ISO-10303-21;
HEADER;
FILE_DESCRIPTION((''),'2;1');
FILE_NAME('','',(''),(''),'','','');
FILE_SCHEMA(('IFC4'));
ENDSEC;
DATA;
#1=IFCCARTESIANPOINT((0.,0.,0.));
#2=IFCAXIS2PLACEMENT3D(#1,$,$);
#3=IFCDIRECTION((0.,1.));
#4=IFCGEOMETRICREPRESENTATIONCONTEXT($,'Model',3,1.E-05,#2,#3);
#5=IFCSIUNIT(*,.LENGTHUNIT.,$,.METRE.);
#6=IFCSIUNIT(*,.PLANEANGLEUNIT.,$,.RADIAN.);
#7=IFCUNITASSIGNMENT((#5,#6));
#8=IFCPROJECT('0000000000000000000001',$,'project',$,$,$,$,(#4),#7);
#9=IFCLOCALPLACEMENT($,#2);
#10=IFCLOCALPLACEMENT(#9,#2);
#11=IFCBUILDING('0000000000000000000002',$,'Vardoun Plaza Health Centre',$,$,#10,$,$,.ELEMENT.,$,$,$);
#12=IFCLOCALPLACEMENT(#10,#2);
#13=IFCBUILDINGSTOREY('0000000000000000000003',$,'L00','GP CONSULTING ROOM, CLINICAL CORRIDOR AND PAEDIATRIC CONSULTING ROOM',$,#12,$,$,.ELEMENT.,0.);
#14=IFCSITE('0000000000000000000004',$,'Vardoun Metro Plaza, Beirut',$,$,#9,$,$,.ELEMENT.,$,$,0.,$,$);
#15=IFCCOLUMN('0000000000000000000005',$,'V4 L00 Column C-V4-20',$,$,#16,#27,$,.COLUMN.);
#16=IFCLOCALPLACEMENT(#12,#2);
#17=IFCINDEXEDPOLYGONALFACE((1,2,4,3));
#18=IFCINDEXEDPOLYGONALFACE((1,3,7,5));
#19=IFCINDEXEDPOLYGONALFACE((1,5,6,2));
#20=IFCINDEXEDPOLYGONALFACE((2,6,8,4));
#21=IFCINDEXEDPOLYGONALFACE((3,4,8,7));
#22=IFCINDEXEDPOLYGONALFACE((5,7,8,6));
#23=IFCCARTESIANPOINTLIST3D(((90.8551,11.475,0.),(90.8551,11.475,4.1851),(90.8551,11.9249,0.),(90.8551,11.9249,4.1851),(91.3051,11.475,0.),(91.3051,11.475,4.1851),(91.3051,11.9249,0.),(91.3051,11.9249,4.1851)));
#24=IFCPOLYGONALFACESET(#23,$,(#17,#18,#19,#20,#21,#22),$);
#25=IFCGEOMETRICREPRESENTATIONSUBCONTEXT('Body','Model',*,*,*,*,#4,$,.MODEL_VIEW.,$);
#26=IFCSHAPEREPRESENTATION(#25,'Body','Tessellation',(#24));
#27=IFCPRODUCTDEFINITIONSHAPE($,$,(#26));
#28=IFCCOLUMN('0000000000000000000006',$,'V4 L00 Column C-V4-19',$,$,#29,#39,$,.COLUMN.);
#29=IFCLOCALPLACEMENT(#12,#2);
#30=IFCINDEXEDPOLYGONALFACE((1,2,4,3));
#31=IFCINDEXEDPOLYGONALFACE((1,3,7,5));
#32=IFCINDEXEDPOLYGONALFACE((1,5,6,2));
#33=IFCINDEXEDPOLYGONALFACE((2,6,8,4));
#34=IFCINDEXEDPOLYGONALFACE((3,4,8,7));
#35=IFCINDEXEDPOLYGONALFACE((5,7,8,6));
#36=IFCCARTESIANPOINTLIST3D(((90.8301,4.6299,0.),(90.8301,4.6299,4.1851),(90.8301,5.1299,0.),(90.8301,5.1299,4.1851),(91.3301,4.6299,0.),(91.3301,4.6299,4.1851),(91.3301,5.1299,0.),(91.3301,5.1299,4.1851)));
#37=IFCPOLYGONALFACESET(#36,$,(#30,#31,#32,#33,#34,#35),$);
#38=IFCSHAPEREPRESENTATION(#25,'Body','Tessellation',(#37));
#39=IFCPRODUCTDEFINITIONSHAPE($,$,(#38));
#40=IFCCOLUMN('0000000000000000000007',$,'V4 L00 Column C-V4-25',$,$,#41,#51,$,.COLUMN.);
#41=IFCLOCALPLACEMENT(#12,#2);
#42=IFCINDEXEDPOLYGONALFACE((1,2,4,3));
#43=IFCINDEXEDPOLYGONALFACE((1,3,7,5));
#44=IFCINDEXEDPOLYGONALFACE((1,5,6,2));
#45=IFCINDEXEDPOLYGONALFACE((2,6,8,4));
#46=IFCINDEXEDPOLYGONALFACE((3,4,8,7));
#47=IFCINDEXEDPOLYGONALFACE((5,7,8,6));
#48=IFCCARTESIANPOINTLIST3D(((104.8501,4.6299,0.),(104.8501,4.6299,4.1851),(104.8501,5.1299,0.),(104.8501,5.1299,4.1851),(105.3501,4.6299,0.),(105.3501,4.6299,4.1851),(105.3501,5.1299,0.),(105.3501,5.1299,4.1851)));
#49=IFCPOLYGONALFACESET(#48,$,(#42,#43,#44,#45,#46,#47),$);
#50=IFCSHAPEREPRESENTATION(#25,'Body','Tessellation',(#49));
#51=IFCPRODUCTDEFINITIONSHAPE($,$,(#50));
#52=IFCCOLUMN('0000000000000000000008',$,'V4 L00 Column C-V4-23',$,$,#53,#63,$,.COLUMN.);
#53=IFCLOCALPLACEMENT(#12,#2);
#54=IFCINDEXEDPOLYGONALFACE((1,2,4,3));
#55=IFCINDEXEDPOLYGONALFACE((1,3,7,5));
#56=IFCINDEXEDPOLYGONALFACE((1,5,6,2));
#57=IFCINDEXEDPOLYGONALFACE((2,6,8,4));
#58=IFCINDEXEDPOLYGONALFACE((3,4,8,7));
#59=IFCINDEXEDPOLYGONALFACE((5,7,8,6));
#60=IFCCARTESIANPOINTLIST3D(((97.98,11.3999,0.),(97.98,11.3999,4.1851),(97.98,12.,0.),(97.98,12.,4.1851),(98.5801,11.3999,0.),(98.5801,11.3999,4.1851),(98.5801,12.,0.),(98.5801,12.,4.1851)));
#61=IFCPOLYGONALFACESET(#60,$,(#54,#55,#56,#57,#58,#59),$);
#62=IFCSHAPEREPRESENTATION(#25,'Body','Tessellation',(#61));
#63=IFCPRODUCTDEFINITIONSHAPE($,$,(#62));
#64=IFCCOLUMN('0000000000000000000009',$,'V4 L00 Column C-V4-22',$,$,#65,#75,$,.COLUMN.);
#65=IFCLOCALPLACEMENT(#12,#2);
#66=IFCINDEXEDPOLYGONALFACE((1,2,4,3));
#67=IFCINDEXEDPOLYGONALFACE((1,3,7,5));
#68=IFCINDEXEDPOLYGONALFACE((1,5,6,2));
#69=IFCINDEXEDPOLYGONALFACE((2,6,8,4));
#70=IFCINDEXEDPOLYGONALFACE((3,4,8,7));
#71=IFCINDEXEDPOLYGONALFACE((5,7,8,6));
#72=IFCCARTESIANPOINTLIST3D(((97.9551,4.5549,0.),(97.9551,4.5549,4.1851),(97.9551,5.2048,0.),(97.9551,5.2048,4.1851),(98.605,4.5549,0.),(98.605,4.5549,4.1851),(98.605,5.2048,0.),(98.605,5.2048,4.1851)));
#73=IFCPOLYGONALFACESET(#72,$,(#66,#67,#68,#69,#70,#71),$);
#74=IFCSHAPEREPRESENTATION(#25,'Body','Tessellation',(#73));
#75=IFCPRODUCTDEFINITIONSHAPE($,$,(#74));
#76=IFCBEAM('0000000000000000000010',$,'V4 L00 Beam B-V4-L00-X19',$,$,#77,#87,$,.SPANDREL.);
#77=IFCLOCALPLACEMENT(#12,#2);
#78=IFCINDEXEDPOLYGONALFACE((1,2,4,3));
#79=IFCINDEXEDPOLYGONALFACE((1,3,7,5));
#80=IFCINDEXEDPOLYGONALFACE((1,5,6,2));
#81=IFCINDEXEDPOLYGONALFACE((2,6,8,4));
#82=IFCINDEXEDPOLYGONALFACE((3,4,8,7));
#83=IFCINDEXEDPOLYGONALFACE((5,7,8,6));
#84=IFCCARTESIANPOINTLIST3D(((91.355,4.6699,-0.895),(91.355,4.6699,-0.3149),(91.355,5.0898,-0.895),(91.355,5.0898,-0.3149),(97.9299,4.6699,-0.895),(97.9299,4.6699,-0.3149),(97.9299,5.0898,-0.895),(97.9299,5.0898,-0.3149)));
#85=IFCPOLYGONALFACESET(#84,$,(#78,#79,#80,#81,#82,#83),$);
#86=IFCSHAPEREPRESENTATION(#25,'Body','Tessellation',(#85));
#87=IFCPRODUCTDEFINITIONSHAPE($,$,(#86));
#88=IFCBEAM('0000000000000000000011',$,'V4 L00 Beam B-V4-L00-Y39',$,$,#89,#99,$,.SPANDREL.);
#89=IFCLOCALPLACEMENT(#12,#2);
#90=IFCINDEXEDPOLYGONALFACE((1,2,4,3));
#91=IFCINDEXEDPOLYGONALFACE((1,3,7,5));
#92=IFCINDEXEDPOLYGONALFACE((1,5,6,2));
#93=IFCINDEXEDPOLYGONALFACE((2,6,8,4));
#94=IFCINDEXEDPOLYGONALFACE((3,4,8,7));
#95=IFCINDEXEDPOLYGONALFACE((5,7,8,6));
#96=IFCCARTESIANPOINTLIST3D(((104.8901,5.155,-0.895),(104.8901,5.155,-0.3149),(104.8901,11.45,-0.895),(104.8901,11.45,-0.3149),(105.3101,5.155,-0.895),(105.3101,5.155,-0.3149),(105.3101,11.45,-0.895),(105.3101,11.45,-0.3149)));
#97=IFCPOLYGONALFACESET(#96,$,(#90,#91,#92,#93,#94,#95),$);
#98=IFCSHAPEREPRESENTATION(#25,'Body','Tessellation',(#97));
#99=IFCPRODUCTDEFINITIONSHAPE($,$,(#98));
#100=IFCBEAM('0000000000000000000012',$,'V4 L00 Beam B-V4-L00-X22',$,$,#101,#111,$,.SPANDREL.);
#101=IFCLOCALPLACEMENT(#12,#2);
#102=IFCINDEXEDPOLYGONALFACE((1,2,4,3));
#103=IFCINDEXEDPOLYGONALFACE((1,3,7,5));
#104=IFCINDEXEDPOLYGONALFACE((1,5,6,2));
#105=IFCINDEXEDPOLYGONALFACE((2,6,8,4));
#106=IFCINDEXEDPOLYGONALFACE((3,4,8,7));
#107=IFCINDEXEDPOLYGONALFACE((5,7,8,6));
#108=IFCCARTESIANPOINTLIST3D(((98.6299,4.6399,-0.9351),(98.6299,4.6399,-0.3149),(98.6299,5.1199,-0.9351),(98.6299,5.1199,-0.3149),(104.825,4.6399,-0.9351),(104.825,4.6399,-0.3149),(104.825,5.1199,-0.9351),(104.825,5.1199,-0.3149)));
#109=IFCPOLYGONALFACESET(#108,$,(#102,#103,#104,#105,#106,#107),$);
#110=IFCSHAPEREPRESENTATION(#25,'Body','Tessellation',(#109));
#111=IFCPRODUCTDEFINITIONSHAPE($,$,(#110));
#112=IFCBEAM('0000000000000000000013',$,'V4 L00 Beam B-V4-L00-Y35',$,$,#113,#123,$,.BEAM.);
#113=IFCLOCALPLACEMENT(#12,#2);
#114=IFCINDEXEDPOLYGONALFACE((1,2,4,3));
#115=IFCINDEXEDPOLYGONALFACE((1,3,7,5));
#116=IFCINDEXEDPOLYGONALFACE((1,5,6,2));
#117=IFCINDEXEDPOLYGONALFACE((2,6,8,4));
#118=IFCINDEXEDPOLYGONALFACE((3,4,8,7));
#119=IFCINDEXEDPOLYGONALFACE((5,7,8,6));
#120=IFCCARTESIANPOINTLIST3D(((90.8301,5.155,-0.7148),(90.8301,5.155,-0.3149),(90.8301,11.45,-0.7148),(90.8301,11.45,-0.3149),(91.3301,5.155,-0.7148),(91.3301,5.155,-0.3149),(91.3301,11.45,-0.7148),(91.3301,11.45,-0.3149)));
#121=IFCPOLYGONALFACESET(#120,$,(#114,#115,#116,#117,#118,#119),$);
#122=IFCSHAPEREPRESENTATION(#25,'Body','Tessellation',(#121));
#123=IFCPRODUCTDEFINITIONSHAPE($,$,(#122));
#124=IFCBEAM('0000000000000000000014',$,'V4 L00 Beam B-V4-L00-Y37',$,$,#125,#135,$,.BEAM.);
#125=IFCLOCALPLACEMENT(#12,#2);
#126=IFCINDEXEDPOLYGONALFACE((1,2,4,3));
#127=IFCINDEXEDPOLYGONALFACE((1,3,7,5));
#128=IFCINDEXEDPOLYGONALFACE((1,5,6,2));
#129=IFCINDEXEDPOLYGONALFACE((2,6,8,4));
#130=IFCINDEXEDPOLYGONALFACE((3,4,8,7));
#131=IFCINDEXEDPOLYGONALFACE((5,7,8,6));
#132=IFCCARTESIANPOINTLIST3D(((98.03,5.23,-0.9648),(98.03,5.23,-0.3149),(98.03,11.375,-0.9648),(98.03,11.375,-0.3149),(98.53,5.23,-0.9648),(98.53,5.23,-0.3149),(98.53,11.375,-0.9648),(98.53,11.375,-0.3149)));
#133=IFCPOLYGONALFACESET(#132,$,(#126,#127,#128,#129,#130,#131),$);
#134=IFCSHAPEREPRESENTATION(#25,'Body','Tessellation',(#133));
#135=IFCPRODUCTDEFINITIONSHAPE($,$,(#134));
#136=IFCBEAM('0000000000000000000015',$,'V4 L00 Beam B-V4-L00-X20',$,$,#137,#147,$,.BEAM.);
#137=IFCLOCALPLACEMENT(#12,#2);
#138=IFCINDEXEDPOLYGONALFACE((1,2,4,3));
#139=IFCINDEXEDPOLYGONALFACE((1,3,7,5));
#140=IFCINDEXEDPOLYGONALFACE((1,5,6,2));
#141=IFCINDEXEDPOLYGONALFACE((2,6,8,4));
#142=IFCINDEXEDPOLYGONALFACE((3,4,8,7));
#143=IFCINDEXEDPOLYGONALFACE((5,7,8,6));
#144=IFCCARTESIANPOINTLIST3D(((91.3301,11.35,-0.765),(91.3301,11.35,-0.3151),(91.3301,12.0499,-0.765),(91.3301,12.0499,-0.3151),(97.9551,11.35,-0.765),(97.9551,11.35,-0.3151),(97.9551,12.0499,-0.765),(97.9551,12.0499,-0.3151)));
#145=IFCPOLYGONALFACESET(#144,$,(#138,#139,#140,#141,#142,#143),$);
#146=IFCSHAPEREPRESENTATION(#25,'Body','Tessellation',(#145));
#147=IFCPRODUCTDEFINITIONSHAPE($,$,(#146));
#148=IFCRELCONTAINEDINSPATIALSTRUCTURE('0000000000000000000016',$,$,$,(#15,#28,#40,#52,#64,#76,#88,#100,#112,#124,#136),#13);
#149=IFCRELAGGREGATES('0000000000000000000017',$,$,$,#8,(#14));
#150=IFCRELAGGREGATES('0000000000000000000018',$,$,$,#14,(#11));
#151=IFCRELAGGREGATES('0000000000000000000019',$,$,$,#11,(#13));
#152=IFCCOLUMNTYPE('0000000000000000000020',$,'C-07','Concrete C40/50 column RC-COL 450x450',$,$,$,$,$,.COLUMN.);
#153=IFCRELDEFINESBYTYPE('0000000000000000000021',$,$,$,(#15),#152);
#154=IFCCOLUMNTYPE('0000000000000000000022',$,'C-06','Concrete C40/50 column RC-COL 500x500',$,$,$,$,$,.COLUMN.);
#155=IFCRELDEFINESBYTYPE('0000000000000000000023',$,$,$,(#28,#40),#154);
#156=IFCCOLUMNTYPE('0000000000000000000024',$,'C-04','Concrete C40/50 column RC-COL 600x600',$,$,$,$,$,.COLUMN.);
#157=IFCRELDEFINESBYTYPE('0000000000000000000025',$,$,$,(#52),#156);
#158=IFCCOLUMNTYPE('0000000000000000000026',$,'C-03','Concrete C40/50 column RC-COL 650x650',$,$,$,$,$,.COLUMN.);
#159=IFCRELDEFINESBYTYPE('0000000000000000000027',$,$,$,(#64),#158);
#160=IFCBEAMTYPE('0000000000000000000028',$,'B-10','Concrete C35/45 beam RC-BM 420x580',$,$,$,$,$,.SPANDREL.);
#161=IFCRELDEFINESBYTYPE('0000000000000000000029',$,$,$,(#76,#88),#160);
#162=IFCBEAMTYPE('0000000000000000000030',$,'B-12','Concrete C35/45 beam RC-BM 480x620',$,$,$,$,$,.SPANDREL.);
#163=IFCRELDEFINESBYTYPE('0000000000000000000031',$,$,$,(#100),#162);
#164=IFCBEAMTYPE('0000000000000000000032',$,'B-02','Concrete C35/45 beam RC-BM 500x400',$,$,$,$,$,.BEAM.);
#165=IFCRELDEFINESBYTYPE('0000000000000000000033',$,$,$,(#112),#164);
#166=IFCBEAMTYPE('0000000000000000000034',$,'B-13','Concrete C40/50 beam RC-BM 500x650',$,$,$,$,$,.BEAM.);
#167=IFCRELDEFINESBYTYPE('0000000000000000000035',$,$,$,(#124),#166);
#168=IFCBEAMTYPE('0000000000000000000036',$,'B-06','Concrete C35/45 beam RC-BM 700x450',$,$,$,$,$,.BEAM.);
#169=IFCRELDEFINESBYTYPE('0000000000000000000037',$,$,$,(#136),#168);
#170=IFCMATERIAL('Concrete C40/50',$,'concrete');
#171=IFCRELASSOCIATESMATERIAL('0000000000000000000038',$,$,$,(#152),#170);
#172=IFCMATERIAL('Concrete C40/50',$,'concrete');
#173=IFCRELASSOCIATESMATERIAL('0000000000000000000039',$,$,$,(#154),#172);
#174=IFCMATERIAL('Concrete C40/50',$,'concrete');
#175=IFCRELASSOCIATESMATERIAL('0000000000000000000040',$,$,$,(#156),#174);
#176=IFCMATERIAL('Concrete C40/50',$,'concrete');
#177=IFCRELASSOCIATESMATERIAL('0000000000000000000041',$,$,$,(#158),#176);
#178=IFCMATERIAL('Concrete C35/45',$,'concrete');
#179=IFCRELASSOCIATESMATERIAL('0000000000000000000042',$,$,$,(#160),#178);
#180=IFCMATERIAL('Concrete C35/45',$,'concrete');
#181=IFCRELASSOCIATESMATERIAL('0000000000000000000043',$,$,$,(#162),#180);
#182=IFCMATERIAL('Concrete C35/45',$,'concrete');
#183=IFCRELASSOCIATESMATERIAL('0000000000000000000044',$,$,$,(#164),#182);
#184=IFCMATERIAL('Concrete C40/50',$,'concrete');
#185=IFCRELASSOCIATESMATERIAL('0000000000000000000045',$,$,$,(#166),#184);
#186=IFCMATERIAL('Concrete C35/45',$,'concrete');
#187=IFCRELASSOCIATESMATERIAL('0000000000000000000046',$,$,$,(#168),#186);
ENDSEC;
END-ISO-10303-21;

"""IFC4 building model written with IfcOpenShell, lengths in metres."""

from ifc_helpers import new_model, si_unit, direction, frame, origin, origin_2d, place, context, subcontext, project, spatial, rectangle, extrude, material, material_profile, profile_set, type_object, element, save


model = new_model("IFC4")

# Units and contexts
model_context = context("Model", 3, precision=1e-05, world=origin(), true_north=direction((0.0, 1.0)))
body_context = subcontext(model_context, "Body", "Model", "MODEL_VIEW")
ifc_project = project(units=[si_unit("LENGTHUNIT", "METRE"), si_unit("PLANEANGLEUNIT", "RADIAN")], contexts=[model_context])

# Site, building, storey
site_placement = place(None, origin())
site = spatial("IfcSite", under=ifc_project, at=site_placement, Name="Vardoun Metro Plaza, Beirut", CompositionType="ELEMENT", RefElevation=0.0)
building_placement = place(site_placement, origin())
building = spatial("IfcBuilding", under=site, at=building_placement, Name="Vardoun Plaza Health Centre", CompositionType="ELEMENT")
storey_placement = place(building_placement, origin())
storey = spatial("IfcBuildingStorey", under=building, at=storey_placement, Name="L00", Description="GP CONSULTING ROOM, CLINICAL CORRIDOR AND PAEDIATRIC CONSULTING ROOM", CompositionType="ELEMENT", Elevation=0.0)

# Columns
ifc_material_1 = material(Name="Concrete C40/50", Category="concrete")
ifc_material_profile_1 = material_profile(ifc_material_1, rectangle(XDim=0.45, YDim=0.45, at=origin_2d()), Name="RC-COL 450x450")
ifc_profile_set_1 = profile_set([ifc_material_profile_1], Name="Concrete C40/50")
column_type_1 = type_object("IfcColumnType", Name="C-07", Description="Concrete C40/50 column RC-COL 450x450", PredefinedType="COLUMN", material=ifc_profile_set_1)
column_1_placement = place(storey_placement, frame((91.0801, 11.7, 0.0), z_axis=(0.0, 0.0, 1.0), x_axis=(1.0, 0.0, 0.0)))
element("IfcColumn", 1, at=column_1_placement, inside=storey, type_object=column_type_1, Name="V4 L00 Column C-V4-20", PredefinedType="COLUMN", context=body_context, shape_type="SweptSolid", body=[
    extrude(rectangle(XDim=0.45, YDim=0.45, at=origin_2d()), origin(), (0.0, 0.0, 1.0), 4.1851),
])
ifc_material_2 = material(Name="Concrete C40/50", Category="concrete")
ifc_material_profile_2 = material_profile(ifc_material_2, rectangle(XDim=0.5, YDim=0.5, at=origin_2d()), Name="RC-COL 500x500")
ifc_profile_set_2 = profile_set([ifc_material_profile_2], Name="Concrete C40/50")
column_type_2 = type_object("IfcColumnType", Name="C-06", Description="Concrete C40/50 column RC-COL 500x500", PredefinedType="COLUMN", material=ifc_profile_set_2)
for number, where, z_axis, x_axis, name in (
    (2, (91.0801, 4.8799, 0.0), (0.0, 0.0, 1.0), (1.0, 0.0, 0.0), "V4 L00 Column C-V4-19"),
    (3, (105.1001, 4.8799, 0.0), (0.0, 0.0, 1.0), (1.0, 0.0, 0.0), "V4 L00 Column C-V4-25"),
):
    element("IfcColumn", number, at=place(storey_placement, frame(where, z_axis=z_axis, x_axis=x_axis)), inside=storey, type_object=column_type_2, Name=name, PredefinedType="COLUMN", context=body_context, shape_type="SweptSolid", body=[
        extrude(rectangle(XDim=0.5, YDim=0.5, at=origin_2d()), origin(), (0.0, 0.0, 1.0), 4.1851),
    ])
ifc_material_3 = material(Name="Concrete C40/50", Category="concrete")
ifc_material_profile_3 = material_profile(ifc_material_3, rectangle(XDim=0.6001, YDim=0.6001, at=origin_2d()), Name="RC-COL 600x600")
ifc_profile_set_3 = profile_set([ifc_material_profile_3], Name="Concrete C40/50")
column_type_3 = type_object("IfcColumnType", Name="C-04", Description="Concrete C40/50 column RC-COL 600x600", PredefinedType="COLUMN", material=ifc_profile_set_3)
column_2_placement = place(storey_placement, frame((98.28, 11.7, 0.0), z_axis=(0.0, 0.0, 1.0), x_axis=(1.0, 0.0, 0.0)))
element("IfcColumn", 4, at=column_2_placement, inside=storey, type_object=column_type_3, Name="V4 L00 Column C-V4-23", PredefinedType="COLUMN", context=body_context, shape_type="SweptSolid", body=[
    extrude(rectangle(XDim=0.6001, YDim=0.6001, at=origin_2d()), origin(), (0.0, 0.0, 1.0), 4.1851),
])
ifc_material_4 = material(Name="Concrete C40/50", Category="concrete")
ifc_material_profile_4 = material_profile(ifc_material_4, rectangle(XDim=0.6499, YDim=0.6499, at=origin_2d()), Name="RC-COL 650x650")
ifc_profile_set_4 = profile_set([ifc_material_profile_4], Name="Concrete C40/50")
column_type_4 = type_object("IfcColumnType", Name="C-03", Description="Concrete C40/50 column RC-COL 650x650", PredefinedType="COLUMN", material=ifc_profile_set_4)
column_3_placement = place(storey_placement, frame((98.28, 4.8799, 0.0), z_axis=(0.0, 0.0, 1.0), x_axis=(1.0, 0.0, 0.0)))
element("IfcColumn", 5, at=column_3_placement, inside=storey, type_object=column_type_4, Name="V4 L00 Column C-V4-22", PredefinedType="COLUMN", context=body_context, shape_type="SweptSolid", body=[
    extrude(rectangle(XDim=0.6499, YDim=0.6499, at=origin_2d()), origin(), (0.0, 0.0, 1.0), 4.1851),
])

# Beams
ifc_material_5 = material(Name="Concrete C35/45", Category="concrete")
ifc_material_profile_5 = material_profile(ifc_material_5, rectangle(XDim=0.4199, YDim=0.5801, at=origin_2d()), Name="RC-BM 420x580")
ifc_profile_set_5 = profile_set([ifc_material_profile_5], Name="Concrete C35/45")
beam_type_1 = type_object("IfcBeamType", Name="B-10", Description="Concrete C35/45 beam RC-BM 420x580", PredefinedType="SPANDREL", material=ifc_profile_set_5)
beam_1_placement = place(storey_placement, frame((91.355, 4.8799, -0.605), z_axis=(1.0, 0.0, 0.0), x_axis=(0.0, 1.0, 0.0)))
element("IfcBeam", 6, at=beam_1_placement, inside=storey, type_object=beam_type_1, Name="V4 L00 Beam B-V4-L00-X19", PredefinedType="SPANDREL", context=body_context, shape_type="SweptSolid", body=[
    extrude(rectangle(XDim=0.4199, YDim=0.5801, at=origin_2d()), origin(), (0.0, 0.0, 1.0), 6.575),
])
beam_2_placement = place(storey_placement, frame((105.1001, 5.155, -0.605), z_axis=(0.0, 1.0, 0.0), x_axis=(-1.0, 0.0, 0.0)))
element("IfcBeam", 7, at=beam_2_placement, inside=storey, type_object=beam_type_1, Name="V4 L00 Beam B-V4-L00-Y39", PredefinedType="SPANDREL", context=body_context, shape_type="SweptSolid", body=[
    extrude(rectangle(XDim=0.4199, YDim=0.5801, at=origin_2d()), origin(), (0.0, 0.0, 1.0), 6.2949),
])
ifc_material_6 = material(Name="Concrete C35/45", Category="concrete")
ifc_material_profile_6 = material_profile(ifc_material_6, rectangle(XDim=0.48, YDim=0.6201, at=origin_2d()), Name="RC-BM 480x620")
ifc_profile_set_6 = profile_set([ifc_material_profile_6], Name="Concrete C35/45")
beam_type_2 = type_object("IfcBeamType", Name="B-12", Description="Concrete C35/45 beam RC-BM 480x620", PredefinedType="SPANDREL", material=ifc_profile_set_6)
beam_3_placement = place(storey_placement, frame((98.6299, 4.8799, -0.625), z_axis=(1.0, 0.0, 0.0), x_axis=(0.0, 1.0, 0.0)))
element("IfcBeam", 8, at=beam_3_placement, inside=storey, type_object=beam_type_2, Name="V4 L00 Beam B-V4-L00-X22", PredefinedType="SPANDREL", context=body_context, shape_type="SweptSolid", body=[
    extrude(rectangle(XDim=0.48, YDim=0.6201, at=origin_2d()), origin(), (0.0, 0.0, 1.0), 6.1951),
])
ifc_material_7 = material(Name="Concrete C35/45", Category="concrete")
ifc_material_profile_7 = material_profile(ifc_material_7, rectangle(XDim=0.5, YDim=0.3999, at=origin_2d()), Name="RC-BM 500x400")
ifc_profile_set_7 = profile_set([ifc_material_profile_7], Name="Concrete C35/45")
beam_type_3 = type_object("IfcBeamType", Name="B-02", Description="Concrete C35/45 beam RC-BM 500x400", PredefinedType="BEAM", material=ifc_profile_set_7)
beam_4_placement = place(storey_placement, frame((91.0801, 5.155, -0.5149), z_axis=(0.0, 1.0, 0.0), x_axis=(-1.0, 0.0, 0.0)))
element("IfcBeam", 9, at=beam_4_placement, inside=storey, type_object=beam_type_3, Name="V4 L00 Beam B-V4-L00-Y35", PredefinedType="BEAM", context=body_context, shape_type="SweptSolid", body=[
    extrude(rectangle(XDim=0.5, YDim=0.3999, at=origin_2d()), origin(), (0.0, 0.0, 1.0), 6.2949),
])
ifc_material_8 = material(Name="Concrete C40/50", Category="concrete")
ifc_material_profile_8 = material_profile(ifc_material_8, rectangle(XDim=0.5, YDim=0.6499, at=origin_2d()), Name="RC-BM 500x650")
ifc_profile_set_8 = profile_set([ifc_material_profile_8], Name="Concrete C40/50")
beam_type_4 = type_object("IfcBeamType", Name="B-13", Description="Concrete C40/50 beam RC-BM 500x650", PredefinedType="BEAM", material=ifc_profile_set_8)
beam_5_placement = place(storey_placement, frame((98.28, 5.23, -0.6399), z_axis=(0.0, 1.0, 0.0), x_axis=(-1.0, 0.0, 0.0)))
element("IfcBeam", 10, at=beam_5_placement, inside=storey, type_object=beam_type_4, Name="V4 L00 Beam B-V4-L00-Y37", PredefinedType="BEAM", context=body_context, shape_type="SweptSolid", body=[
    extrude(rectangle(XDim=0.5, YDim=0.6499, at=origin_2d()), origin(), (0.0, 0.0, 1.0), 6.145),
])
ifc_material_9 = material(Name="Concrete C35/45", Category="concrete")
ifc_material_profile_9 = material_profile(ifc_material_9, rectangle(XDim=0.7, YDim=0.45, at=origin_2d()), Name="RC-BM 700x450")
ifc_profile_set_9 = profile_set([ifc_material_profile_9], Name="Concrete C35/45")
beam_type_5 = type_object("IfcBeamType", Name="B-06", Description="Concrete C35/45 beam RC-BM 700x450", PredefinedType="BEAM", material=ifc_profile_set_9)
beam_6_placement = place(storey_placement, frame((91.3301, 11.7, -0.54), z_axis=(1.0, 0.0, 0.0), x_axis=(0.0, 1.0, 0.0)))
element("IfcBeam", 11, at=beam_6_placement, inside=storey, type_object=beam_type_5, Name="V4 L00 Beam B-V4-L00-X20", PredefinedType="BEAM", context=body_context, shape_type="SweptSolid", body=[
    extrude(rectangle(XDim=0.7, YDim=0.45, at=origin_2d()), origin(), (0.0, 0.0, 1.0), 6.625),
])

save(model, "model.ifc")
